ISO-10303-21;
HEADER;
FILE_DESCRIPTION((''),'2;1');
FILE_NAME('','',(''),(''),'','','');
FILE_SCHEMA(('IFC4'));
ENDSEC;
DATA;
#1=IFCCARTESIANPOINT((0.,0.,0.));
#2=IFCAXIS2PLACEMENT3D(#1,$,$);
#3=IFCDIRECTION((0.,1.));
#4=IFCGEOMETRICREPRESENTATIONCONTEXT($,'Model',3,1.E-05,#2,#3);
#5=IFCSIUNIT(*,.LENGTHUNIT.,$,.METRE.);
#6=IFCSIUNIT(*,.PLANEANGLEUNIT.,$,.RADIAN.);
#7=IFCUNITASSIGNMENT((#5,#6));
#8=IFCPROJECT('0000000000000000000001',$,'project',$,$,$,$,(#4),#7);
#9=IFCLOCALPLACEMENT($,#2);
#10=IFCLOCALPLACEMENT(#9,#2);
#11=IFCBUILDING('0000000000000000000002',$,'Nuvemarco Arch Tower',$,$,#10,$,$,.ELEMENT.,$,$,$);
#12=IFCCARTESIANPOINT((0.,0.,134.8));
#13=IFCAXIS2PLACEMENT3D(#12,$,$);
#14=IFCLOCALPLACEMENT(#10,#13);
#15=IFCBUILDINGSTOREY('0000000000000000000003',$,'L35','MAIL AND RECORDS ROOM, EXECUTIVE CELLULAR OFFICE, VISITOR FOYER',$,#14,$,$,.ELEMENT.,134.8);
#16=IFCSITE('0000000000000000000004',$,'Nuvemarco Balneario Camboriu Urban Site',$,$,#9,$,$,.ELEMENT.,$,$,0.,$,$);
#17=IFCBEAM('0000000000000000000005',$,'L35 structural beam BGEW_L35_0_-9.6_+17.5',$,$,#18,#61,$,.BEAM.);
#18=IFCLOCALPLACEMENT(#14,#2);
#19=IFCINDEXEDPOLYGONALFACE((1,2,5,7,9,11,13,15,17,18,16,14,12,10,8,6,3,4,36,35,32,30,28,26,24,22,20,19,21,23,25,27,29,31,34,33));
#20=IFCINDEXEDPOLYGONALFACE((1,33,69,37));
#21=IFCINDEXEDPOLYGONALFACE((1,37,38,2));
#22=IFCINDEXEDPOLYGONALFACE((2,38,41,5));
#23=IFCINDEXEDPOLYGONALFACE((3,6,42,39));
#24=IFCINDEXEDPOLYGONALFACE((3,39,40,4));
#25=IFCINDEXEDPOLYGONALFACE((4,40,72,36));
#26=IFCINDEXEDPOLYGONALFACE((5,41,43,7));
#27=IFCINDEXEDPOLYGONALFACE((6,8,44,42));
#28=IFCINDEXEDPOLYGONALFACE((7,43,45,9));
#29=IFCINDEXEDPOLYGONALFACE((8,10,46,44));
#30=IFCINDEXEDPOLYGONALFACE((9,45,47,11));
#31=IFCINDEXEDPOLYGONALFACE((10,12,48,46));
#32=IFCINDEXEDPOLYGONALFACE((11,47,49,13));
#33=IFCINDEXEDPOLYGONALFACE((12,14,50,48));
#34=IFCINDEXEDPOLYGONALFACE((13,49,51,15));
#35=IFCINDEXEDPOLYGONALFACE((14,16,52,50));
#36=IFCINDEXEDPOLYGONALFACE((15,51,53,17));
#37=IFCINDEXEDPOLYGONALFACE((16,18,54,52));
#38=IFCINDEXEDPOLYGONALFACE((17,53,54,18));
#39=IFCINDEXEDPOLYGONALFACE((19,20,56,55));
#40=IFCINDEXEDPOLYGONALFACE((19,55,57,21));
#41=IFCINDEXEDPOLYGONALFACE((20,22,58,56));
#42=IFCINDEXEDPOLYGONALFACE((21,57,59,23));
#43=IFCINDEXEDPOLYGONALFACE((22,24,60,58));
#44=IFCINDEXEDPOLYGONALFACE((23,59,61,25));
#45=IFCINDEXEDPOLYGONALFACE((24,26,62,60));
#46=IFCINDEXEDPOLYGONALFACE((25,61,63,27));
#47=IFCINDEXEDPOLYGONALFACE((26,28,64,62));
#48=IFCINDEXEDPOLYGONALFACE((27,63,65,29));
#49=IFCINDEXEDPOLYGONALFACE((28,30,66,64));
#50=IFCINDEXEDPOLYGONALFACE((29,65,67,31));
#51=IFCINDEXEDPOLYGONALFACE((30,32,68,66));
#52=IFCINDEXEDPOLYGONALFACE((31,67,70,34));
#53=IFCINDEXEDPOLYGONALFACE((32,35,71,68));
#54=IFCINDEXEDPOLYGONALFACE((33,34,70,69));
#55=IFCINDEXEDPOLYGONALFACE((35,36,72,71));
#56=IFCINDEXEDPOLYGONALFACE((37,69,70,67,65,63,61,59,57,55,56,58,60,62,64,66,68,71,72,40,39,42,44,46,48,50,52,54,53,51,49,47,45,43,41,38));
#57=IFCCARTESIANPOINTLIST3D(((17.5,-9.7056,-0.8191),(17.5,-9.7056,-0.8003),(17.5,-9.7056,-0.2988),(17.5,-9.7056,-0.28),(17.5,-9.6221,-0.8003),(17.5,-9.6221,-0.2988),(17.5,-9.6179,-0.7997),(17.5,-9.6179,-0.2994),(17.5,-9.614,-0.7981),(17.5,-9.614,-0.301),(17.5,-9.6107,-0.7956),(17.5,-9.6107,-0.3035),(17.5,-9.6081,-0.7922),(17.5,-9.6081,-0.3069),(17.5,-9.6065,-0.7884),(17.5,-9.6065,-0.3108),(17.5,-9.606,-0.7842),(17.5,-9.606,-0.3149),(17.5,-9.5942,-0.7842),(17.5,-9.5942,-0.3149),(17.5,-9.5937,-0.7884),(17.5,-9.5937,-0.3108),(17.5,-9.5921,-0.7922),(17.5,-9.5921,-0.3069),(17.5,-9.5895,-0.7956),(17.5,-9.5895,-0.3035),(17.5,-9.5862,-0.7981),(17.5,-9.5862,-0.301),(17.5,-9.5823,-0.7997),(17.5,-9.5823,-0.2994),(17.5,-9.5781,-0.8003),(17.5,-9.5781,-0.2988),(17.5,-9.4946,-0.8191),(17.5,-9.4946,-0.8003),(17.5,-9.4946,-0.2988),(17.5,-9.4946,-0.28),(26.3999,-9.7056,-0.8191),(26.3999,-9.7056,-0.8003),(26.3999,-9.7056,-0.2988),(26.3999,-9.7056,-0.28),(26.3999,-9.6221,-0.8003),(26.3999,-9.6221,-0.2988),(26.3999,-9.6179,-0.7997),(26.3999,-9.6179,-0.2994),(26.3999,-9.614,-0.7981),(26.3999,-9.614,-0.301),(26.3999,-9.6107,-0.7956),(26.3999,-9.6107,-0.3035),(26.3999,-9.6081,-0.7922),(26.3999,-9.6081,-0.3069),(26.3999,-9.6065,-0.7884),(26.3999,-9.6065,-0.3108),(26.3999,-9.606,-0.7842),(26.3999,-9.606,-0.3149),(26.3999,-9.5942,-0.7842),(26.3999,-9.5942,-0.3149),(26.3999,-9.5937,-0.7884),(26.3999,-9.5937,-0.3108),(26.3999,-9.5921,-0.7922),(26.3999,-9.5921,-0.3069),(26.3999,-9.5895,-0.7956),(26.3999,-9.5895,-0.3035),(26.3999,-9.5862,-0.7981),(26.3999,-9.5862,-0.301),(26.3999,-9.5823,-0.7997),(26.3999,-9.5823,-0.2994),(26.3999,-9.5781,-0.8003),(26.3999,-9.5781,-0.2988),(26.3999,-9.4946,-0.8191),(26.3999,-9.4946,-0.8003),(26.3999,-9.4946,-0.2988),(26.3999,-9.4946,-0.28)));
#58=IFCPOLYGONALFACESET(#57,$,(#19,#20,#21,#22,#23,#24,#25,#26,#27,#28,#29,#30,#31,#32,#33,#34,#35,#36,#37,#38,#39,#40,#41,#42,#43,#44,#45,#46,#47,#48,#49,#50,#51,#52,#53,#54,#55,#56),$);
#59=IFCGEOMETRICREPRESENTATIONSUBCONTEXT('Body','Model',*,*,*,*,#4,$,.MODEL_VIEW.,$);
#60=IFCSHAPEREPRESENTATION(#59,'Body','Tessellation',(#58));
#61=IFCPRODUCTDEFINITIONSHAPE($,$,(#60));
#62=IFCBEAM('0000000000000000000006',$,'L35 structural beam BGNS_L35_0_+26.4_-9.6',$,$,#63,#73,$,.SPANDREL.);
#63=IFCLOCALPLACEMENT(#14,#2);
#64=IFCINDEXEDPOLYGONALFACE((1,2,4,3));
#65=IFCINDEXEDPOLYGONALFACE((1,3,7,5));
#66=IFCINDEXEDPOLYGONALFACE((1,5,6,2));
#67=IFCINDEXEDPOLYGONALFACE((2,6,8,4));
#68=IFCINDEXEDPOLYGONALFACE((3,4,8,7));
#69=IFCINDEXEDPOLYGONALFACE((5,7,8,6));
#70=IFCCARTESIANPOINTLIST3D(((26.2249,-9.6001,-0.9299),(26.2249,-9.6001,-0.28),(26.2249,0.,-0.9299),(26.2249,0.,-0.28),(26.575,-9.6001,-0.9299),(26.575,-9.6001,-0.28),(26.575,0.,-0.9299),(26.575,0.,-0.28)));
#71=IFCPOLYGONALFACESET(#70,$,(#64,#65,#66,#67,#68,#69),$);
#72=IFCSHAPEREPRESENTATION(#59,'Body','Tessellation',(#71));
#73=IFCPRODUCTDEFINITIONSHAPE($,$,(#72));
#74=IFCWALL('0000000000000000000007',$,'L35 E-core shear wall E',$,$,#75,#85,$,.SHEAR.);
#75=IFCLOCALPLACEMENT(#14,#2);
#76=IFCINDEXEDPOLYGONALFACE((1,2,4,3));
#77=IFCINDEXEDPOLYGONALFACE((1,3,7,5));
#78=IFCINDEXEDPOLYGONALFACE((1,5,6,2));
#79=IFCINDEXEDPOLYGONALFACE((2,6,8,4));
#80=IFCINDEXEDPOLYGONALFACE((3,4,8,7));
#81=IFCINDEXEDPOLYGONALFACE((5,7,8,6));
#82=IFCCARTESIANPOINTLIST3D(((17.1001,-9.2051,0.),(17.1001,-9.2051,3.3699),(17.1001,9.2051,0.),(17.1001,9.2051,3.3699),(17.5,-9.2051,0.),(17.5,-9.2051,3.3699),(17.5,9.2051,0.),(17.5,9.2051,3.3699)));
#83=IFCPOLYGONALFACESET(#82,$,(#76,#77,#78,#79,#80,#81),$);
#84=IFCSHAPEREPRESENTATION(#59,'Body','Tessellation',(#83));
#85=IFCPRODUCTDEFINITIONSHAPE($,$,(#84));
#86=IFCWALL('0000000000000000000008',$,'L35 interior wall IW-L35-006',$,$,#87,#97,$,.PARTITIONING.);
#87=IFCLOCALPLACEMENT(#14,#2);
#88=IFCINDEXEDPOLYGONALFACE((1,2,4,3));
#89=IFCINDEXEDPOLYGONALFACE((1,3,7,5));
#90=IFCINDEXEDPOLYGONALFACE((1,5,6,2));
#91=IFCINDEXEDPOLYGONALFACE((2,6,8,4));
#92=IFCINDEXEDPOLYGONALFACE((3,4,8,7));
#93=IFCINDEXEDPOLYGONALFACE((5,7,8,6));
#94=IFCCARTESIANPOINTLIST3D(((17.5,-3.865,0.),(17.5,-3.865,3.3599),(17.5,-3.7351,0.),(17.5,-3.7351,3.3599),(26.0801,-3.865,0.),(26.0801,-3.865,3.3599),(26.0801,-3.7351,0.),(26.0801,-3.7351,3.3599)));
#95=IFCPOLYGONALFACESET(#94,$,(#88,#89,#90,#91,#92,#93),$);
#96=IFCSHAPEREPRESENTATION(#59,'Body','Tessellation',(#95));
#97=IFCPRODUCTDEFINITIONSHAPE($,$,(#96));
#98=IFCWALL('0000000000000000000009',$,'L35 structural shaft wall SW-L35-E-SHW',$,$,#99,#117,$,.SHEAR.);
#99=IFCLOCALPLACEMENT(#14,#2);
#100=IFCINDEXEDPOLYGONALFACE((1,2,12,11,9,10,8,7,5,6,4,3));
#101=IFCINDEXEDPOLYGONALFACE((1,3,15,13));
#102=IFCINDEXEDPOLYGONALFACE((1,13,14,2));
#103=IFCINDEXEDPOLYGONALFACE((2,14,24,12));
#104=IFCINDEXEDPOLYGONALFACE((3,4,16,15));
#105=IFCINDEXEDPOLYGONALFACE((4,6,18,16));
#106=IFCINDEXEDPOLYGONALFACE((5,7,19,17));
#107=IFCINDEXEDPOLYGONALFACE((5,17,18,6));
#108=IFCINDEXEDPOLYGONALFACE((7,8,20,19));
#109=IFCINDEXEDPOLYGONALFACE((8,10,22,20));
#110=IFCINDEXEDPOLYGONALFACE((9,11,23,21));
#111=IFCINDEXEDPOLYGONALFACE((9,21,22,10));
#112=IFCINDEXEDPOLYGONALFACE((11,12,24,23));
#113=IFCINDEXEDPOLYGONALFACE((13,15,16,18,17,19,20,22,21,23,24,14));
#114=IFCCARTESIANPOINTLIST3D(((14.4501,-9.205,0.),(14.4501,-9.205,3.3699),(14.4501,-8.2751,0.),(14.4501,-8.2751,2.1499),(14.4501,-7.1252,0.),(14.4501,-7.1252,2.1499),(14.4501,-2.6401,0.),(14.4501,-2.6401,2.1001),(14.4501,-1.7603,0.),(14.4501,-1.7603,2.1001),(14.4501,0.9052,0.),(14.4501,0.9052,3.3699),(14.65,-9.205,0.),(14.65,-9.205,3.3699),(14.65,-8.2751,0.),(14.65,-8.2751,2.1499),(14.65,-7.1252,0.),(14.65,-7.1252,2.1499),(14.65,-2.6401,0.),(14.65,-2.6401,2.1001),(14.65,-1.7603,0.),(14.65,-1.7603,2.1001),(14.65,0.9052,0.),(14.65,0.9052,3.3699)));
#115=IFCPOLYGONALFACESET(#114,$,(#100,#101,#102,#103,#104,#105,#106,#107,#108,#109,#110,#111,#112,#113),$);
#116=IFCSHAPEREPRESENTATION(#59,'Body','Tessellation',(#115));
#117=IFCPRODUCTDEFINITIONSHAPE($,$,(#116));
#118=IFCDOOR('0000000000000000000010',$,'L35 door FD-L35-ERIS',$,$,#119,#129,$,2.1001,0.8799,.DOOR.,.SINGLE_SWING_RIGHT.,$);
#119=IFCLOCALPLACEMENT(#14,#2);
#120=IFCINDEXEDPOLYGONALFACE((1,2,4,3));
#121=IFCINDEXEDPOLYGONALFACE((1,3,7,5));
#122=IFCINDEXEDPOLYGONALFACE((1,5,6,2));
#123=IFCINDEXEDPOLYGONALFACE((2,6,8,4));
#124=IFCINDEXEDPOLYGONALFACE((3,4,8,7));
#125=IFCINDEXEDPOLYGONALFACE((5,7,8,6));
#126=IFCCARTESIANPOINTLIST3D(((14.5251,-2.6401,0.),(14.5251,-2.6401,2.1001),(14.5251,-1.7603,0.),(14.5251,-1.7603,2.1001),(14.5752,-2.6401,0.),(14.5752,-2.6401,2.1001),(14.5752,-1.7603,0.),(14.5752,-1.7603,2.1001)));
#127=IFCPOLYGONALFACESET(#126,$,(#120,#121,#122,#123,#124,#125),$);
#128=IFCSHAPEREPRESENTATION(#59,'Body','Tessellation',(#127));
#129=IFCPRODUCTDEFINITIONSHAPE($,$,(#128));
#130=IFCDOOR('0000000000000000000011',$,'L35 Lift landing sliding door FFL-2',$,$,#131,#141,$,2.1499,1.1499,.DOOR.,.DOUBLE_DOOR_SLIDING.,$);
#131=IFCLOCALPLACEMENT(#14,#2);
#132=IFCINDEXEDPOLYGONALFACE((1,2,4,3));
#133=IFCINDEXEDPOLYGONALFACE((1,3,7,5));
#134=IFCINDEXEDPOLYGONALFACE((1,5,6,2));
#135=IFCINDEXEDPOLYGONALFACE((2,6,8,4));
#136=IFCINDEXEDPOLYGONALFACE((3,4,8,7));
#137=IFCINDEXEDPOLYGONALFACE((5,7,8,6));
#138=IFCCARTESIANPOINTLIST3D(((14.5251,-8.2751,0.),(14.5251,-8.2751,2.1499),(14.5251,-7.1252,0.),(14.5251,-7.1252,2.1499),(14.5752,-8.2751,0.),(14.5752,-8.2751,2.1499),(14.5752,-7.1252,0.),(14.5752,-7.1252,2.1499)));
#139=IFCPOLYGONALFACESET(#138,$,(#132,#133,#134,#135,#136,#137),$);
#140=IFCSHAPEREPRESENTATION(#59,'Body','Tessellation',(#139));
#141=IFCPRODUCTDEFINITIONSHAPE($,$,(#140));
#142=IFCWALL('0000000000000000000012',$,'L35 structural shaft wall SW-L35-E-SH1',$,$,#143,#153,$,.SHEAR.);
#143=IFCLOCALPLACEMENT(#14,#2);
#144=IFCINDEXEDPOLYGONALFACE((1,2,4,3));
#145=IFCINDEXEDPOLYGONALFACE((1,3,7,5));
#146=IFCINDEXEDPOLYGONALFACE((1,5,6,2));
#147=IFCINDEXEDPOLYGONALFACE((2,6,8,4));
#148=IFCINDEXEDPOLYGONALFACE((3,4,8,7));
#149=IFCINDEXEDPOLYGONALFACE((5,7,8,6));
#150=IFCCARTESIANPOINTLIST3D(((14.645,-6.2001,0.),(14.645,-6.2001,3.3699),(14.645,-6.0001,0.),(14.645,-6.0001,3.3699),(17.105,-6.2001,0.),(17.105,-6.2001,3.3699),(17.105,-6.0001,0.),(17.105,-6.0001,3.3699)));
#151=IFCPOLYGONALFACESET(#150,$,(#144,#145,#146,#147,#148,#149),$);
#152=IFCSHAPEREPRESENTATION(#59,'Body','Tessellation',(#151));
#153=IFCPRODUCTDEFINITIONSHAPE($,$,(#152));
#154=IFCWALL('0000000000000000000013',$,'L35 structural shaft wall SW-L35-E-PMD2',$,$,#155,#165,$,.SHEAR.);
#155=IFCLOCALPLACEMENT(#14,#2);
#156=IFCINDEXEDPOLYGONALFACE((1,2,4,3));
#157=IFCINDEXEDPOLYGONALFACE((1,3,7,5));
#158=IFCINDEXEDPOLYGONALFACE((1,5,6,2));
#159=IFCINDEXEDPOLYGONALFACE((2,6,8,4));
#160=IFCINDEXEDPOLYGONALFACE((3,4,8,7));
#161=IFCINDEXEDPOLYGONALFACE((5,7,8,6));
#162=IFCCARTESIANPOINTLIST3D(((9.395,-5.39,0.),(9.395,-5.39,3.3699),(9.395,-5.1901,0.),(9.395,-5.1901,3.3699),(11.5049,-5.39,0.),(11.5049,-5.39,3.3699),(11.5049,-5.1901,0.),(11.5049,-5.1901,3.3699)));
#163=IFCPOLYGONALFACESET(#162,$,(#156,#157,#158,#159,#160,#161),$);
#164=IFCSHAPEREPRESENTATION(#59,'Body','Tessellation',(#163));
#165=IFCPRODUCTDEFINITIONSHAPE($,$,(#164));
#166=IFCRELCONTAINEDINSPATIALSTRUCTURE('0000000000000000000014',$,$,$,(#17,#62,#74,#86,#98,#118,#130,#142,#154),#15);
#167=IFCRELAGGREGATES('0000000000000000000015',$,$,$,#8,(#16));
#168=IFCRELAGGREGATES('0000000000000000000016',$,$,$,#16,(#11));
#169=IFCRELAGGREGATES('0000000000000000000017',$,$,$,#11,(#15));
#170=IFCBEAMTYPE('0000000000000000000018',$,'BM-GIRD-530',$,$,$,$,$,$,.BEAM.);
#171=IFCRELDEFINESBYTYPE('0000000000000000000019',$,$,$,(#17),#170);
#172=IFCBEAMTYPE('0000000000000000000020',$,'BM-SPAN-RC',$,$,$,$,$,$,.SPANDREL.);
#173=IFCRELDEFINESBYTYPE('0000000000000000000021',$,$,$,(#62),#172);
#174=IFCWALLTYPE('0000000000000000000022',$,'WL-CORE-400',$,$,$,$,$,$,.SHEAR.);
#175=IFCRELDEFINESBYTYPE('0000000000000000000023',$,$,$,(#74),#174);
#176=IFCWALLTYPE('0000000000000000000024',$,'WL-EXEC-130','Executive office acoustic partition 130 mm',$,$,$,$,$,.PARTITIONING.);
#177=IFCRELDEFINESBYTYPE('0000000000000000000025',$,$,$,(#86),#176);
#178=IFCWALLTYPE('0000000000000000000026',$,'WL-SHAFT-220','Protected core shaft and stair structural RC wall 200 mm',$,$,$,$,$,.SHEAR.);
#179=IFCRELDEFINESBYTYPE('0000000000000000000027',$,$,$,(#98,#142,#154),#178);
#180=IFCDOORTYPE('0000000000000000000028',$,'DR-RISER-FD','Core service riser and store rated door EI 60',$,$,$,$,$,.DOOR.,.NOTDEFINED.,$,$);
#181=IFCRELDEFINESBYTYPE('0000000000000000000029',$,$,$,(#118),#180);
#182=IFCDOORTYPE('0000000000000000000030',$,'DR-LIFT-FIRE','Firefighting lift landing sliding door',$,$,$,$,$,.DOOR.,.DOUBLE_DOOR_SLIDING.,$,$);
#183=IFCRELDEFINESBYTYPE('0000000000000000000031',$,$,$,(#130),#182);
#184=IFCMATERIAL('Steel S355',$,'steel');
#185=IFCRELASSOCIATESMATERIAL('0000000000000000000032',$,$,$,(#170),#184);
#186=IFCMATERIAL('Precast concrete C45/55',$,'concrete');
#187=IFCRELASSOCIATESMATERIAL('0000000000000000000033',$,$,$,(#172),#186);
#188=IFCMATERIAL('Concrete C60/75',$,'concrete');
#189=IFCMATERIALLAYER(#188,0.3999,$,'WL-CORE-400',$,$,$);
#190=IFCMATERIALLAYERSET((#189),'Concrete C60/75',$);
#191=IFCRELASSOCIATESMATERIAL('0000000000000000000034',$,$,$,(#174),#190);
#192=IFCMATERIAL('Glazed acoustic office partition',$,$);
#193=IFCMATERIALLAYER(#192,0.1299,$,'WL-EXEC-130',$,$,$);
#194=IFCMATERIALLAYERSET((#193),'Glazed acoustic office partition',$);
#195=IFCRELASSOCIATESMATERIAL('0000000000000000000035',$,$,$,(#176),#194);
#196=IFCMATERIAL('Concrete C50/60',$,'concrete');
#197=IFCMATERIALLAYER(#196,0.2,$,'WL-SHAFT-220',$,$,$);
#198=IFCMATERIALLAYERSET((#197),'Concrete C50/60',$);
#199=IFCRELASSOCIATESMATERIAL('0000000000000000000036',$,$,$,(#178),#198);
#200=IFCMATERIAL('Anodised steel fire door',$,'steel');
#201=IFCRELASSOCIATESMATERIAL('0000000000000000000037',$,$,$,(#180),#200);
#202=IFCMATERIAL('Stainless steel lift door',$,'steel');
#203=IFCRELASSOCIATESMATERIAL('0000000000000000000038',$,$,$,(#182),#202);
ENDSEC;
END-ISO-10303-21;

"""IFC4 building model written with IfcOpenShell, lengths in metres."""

from ifc_helpers import new_model, si_unit, direction, frame, frame_2d, origin, origin_2d, place, context, subcontext, project, spatial, rectangle, i_section, extrude, source, transform, mapped, material, layer, layer_set, material_profile, profile_set, type_object, type_shapes, element, fill, save


model = new_model("IFC4")

# Units and contexts
model_context = context("Model", 3, precision=1e-05, world=origin(), true_north=direction((0.0, 1.0)))
body_context = subcontext(model_context, "Body", "Model", "MODEL_VIEW")
ifc_project = project(units=[si_unit("LENGTHUNIT", "METRE"), si_unit("PLANEANGLEUNIT", "RADIAN")], contexts=[model_context])

# Site, building, storey
site_placement = place(None, origin())
site = spatial("IfcSite", under=ifc_project, at=site_placement, Name="Nuvemarco Balneario Camboriu Urban Site", CompositionType="ELEMENT", RefElevation=0.0)
building_placement = place(site_placement, origin())
building = spatial("IfcBuilding", under=site, at=building_placement, Name="Nuvemarco Arch Tower", CompositionType="ELEMENT")
storey_placement = place(building_placement, frame((0.0, 0.0, 134.8)))
storey = spatial("IfcBuildingStorey", under=building, at=storey_placement, Name="L35", Description="MAIL AND RECORDS ROOM, EXECUTIVE CELLULAR OFFICE, VISITOR FOYER", CompositionType="ELEMENT", Elevation=134.8)

# Shared definitions
ifc_material_1 = material(Name="Concrete C50/60", Category="concrete")
ifc_material_2 = material(Name="Steel S355", Category="steel")

# Beams
ifc_material_profile_1 = material_profile(ifc_material_2, i_section(OverallWidth=0.2109, OverallDepth=0.5391, WebThickness=0.0117, FlangeThickness=0.0188, FilletRadius=0.0161, at=origin_2d()), Name="W530x109")
ifc_profile_set_1 = profile_set([ifc_material_profile_1], Name="Steel S355")
beam_type_1 = type_object("IfcBeamType", Name="BM-GIRD-530", PredefinedType="BEAM", material=ifc_profile_set_1)
beam_1_placement = place(storey_placement, frame((17.5, -9.6001, -0.5496), z_axis=(1.0, 0.0, 0.0), x_axis=(0.0, 1.0, 0.0)))
element("IfcBeam", 1, at=beam_1_placement, inside=storey, type_object=beam_type_1, Name="L35 structural beam BGEW_L35_0_-9.6_+17.5", PredefinedType="BEAM", context=body_context, shape_type="SweptSolid", body=[
    extrude(i_section(OverallWidth=0.2109, OverallDepth=0.5391, WebThickness=0.0117, FlangeThickness=0.0188, FilletRadius=0.0161, at=origin_2d()), origin(), (0.0, 0.0, 1.0), 8.8999),
])
ifc_material_3 = material(Name="Precast concrete C45/55", Category="concrete")
ifc_material_profile_2 = material_profile(ifc_material_3, rectangle(XDim=0.3501, YDim=0.6499, at=origin_2d()), Name="PC-SP-350x650")
ifc_profile_set_2 = profile_set([ifc_material_profile_2], Name="Precast concrete C45/55")
beam_type_2 = type_object("IfcBeamType", Name="BM-SPAN-RC", PredefinedType="SPANDREL", material=ifc_profile_set_2)
beam_2_placement = place(storey_placement, frame((26.3999, -9.6001, -0.605), z_axis=(0.0, 1.0, 0.0), x_axis=(-1.0, 0.0, 0.0)))
element("IfcBeam", 2, at=beam_2_placement, inside=storey, type_object=beam_type_2, Name="L35 structural beam BGNS_L35_0_+26.4_-9.6", PredefinedType="SPANDREL", context=body_context, shape_type="SweptSolid", body=[
    extrude(rectangle(XDim=0.3501, YDim=0.6499, at=origin_2d()), origin(), (0.0, 0.0, 1.0), 9.6001),
])

# Walls
ifc_material_4 = material(Name="Concrete C60/75", Category="concrete")
ifc_layer_1 = layer(ifc_material_4, 0.3999, Name="WL-CORE-400")
ifc_layer_set_1 = layer_set([ifc_layer_1], Name="Concrete C60/75")
wall_type_1 = type_object("IfcWallType", Name="WL-CORE-400", PredefinedType="SHEAR", material=ifc_layer_set_1)
wall_1_placement = place(storey_placement, frame((17.3, -9.2051, 0.0), z_axis=(0.0, 0.0, 1.0), x_axis=(0.0, 1.0, 0.0)))
element("IfcWall", 3, at=wall_1_placement, inside=storey, type_object=wall_type_1, Name="L35 E-core shear wall E", PredefinedType="SHEAR", context=body_context, shape_type="SweptSolid", body=[
    extrude(rectangle(XDim=18.4102, YDim=0.3999, at=frame_2d((9.2051, 0.0))), origin(), (0.0, 0.0, 1.0), 3.3699),
])
ifc_material_5 = material(Name="Glazed acoustic office partition")
ifc_layer_2 = layer(ifc_material_5, 0.1299, Name="WL-EXEC-130")
ifc_layer_set_2 = layer_set([ifc_layer_2], Name="Glazed acoustic office partition")
wall_type_2 = type_object("IfcWallType", Name="WL-EXEC-130", Description="Executive office acoustic partition 130 mm", PredefinedType="PARTITIONING", material=ifc_layer_set_2)
wall_2_placement = place(storey_placement, frame((17.5, -3.8, 0.0), z_axis=(0.0, 0.0, 1.0), x_axis=(1.0, 0.0, 0.0)))
element("IfcWall", 4, at=wall_2_placement, inside=storey, type_object=wall_type_2, Name="L35 interior wall IW-L35-006", PredefinedType="PARTITIONING", context=body_context, shape_type="SweptSolid", body=[
    extrude(rectangle(XDim=8.5801, YDim=0.1299, at=frame_2d((4.29, 0.0))), origin(), (0.0, 0.0, 1.0), 3.3599),
])

# Wall, openings, doors
ifc_layer_3 = layer(ifc_material_1, 0.2, Name="WL-SHAFT-220")
ifc_layer_set_3 = layer_set([ifc_layer_3], Name="Concrete C50/60")
wall_type_3 = type_object("IfcWallType", Name="WL-SHAFT-220", Description="Protected core shaft and stair structural RC wall 200 mm", PredefinedType="SHEAR", material=ifc_layer_set_3)
wall_3_placement = place(storey_placement, frame((14.55, -9.2051, 0.0), z_axis=(0.0, 0.0, 1.0), x_axis=(0.0, 1.0, 0.0)))
wall_3 = element("IfcWall", 5, at=wall_3_placement, inside=storey, type_object=wall_type_3, Name="L35 structural shaft wall SW-L35-E-SHW", PredefinedType="SHEAR", context=body_context, shape_type="SweptSolid", body=[
    extrude(rectangle(XDim=10.1101, YDim=0.2, at=frame_2d((5.0552, 0.0))), origin(), (0.0, 0.0, 1.0), 3.3699),
])
opening_1_placement = place(wall_3_placement, frame((6.5649, 0.0, 0.0)))
opening_1 = element("IfcOpeningElement", 6, at=opening_1_placement, cuts=wall_3, PredefinedType="OPENING", context=body_context, shape_type="SweptSolid", body=[
    extrude(rectangle(XDim=0.8799, YDim=2.1001, at=frame_2d((0.4399, 1.05))), frame((0.0, 0.1099, 0.0), z_axis=(0.0, -1.0, 0.0), x_axis=(1.0, 0.0, 0.0)), (0.0, 0.0, 1.0), 0.22),
])
opening_2_placement = place(wall_3_placement, frame((0.9299, 0.0, 0.0)))
opening_2 = element("IfcOpeningElement", 7, at=opening_2_placement, cuts=wall_3, PredefinedType="OPENING", context=body_context, shape_type="SweptSolid", body=[
    extrude(rectangle(XDim=1.1499, YDim=2.1499, at=frame_2d((0.575, 1.075))), frame((0.0, 0.1099, 0.0), z_axis=(0.0, -1.0, 0.0), x_axis=(1.0, 0.0, 0.0)), (0.0, 0.0, 1.0), 0.22),
])
ifc_material_6 = material(Name="Anodised steel fire door", Category="steel")
door_type_1 = type_object("IfcDoorType", Name="DR-RISER-FD", Description="Core service riser and store rated door EI 60", OperationType="NOTDEFINED", PredefinedType="DOOR", material=ifc_material_6)
shared_shape_1 = source(origin(), body_context, "Body", "SweptSolid", [
    extrude(rectangle(XDim=0.8799, YDim=2.1001, at=frame_2d((0.4399, 1.05))), frame((0.0, 0.0249, 0.0), z_axis=(0.0, -1.0, 0.0), x_axis=(1.0, 0.0, 0.0)), (0.0, 0.0, 1.0), 0.05),
])
type_shapes(door_type_1, [shared_shape_1])
door_1_placement = place(opening_1_placement, origin())
door_1 = element("IfcDoor", 8, at=door_1_placement, inside=storey, type_object=door_type_1, Name="L35 door FD-L35-ERIS", OperationType="SINGLE_SWING_RIGHT", OverallHeight=2.1001, OverallWidth=0.8799, PredefinedType="DOOR", context=body_context, shape_type="MappedRepresentation", body=[
    mapped(shared_shape_1, transform((0.0, 0.0, 0.0), scale=1.0)),
])
fill(opening_1, door_1)
ifc_material_7 = material(Name="Stainless steel lift door", Category="steel")
door_type_2 = type_object("IfcDoorType", Name="DR-LIFT-FIRE", Description="Firefighting lift landing sliding door", OperationType="DOUBLE_DOOR_SLIDING", PredefinedType="DOOR", material=ifc_material_7)
shared_shape_2 = source(origin(), body_context, "Body", "SweptSolid", [
    extrude(rectangle(XDim=1.1499, YDim=2.1499, at=frame_2d((0.575, 1.075))), frame((0.0, 0.0249, 0.0), z_axis=(0.0, -1.0, 0.0), x_axis=(1.0, 0.0, 0.0)), (0.0, 0.0, 1.0), 0.05),
])
type_shapes(door_type_2, [shared_shape_2])
door_2_placement = place(opening_2_placement, origin())
door_2 = element("IfcDoor", 9, at=door_2_placement, inside=storey, type_object=door_type_2, Name="L35 Lift landing sliding door FFL-2", OperationType="DOUBLE_DOOR_SLIDING", OverallHeight=2.1499, OverallWidth=1.1499, PredefinedType="DOOR", context=body_context, shape_type="MappedRepresentation", body=[
    mapped(shared_shape_2, transform((0.0, 0.0, 0.0), scale=1.0)),
])
fill(opening_2, door_2)

# Wall
wall_4_placement = place(storey_placement, frame((14.645, -6.1001, 0.0), z_axis=(0.0, 0.0, 1.0), x_axis=(1.0, 0.0, 0.0)))
element("IfcWall", 10, at=wall_4_placement, inside=storey, type_object=wall_type_3, Name="L35 structural shaft wall SW-L35-E-SH1", PredefinedType="SHEAR", context=body_context, shape_type="SweptSolid", body=[
    extrude(rectangle(XDim=2.46, YDim=0.2, at=frame_2d((1.23, 0.0))), origin(), (0.0, 0.0, 1.0), 3.3699),
])

# Wall
for number, where, z_axis, x_axis, name in (
    (11, (9.395, -5.29, 0.0), (0.0, 0.0, 1.0), (1.0, 0.0, 0.0), "L35 structural shaft wall SW-L35-E-PMD2"),
):
    element("IfcWall", number, at=place(storey_placement, frame(where, z_axis=z_axis, x_axis=x_axis)), inside=storey, type_object=wall_type_3, Name=name, PredefinedType="SHEAR", context=body_context, shape_type="SweptSolid", body=[
        extrude(rectangle(XDim=2.1099, YDim=0.2, at=frame_2d((1.0549, 0.0))), origin(), (0.0, 0.0, 1.0), 3.3699),
    ])

save(model, "model.ifc")
